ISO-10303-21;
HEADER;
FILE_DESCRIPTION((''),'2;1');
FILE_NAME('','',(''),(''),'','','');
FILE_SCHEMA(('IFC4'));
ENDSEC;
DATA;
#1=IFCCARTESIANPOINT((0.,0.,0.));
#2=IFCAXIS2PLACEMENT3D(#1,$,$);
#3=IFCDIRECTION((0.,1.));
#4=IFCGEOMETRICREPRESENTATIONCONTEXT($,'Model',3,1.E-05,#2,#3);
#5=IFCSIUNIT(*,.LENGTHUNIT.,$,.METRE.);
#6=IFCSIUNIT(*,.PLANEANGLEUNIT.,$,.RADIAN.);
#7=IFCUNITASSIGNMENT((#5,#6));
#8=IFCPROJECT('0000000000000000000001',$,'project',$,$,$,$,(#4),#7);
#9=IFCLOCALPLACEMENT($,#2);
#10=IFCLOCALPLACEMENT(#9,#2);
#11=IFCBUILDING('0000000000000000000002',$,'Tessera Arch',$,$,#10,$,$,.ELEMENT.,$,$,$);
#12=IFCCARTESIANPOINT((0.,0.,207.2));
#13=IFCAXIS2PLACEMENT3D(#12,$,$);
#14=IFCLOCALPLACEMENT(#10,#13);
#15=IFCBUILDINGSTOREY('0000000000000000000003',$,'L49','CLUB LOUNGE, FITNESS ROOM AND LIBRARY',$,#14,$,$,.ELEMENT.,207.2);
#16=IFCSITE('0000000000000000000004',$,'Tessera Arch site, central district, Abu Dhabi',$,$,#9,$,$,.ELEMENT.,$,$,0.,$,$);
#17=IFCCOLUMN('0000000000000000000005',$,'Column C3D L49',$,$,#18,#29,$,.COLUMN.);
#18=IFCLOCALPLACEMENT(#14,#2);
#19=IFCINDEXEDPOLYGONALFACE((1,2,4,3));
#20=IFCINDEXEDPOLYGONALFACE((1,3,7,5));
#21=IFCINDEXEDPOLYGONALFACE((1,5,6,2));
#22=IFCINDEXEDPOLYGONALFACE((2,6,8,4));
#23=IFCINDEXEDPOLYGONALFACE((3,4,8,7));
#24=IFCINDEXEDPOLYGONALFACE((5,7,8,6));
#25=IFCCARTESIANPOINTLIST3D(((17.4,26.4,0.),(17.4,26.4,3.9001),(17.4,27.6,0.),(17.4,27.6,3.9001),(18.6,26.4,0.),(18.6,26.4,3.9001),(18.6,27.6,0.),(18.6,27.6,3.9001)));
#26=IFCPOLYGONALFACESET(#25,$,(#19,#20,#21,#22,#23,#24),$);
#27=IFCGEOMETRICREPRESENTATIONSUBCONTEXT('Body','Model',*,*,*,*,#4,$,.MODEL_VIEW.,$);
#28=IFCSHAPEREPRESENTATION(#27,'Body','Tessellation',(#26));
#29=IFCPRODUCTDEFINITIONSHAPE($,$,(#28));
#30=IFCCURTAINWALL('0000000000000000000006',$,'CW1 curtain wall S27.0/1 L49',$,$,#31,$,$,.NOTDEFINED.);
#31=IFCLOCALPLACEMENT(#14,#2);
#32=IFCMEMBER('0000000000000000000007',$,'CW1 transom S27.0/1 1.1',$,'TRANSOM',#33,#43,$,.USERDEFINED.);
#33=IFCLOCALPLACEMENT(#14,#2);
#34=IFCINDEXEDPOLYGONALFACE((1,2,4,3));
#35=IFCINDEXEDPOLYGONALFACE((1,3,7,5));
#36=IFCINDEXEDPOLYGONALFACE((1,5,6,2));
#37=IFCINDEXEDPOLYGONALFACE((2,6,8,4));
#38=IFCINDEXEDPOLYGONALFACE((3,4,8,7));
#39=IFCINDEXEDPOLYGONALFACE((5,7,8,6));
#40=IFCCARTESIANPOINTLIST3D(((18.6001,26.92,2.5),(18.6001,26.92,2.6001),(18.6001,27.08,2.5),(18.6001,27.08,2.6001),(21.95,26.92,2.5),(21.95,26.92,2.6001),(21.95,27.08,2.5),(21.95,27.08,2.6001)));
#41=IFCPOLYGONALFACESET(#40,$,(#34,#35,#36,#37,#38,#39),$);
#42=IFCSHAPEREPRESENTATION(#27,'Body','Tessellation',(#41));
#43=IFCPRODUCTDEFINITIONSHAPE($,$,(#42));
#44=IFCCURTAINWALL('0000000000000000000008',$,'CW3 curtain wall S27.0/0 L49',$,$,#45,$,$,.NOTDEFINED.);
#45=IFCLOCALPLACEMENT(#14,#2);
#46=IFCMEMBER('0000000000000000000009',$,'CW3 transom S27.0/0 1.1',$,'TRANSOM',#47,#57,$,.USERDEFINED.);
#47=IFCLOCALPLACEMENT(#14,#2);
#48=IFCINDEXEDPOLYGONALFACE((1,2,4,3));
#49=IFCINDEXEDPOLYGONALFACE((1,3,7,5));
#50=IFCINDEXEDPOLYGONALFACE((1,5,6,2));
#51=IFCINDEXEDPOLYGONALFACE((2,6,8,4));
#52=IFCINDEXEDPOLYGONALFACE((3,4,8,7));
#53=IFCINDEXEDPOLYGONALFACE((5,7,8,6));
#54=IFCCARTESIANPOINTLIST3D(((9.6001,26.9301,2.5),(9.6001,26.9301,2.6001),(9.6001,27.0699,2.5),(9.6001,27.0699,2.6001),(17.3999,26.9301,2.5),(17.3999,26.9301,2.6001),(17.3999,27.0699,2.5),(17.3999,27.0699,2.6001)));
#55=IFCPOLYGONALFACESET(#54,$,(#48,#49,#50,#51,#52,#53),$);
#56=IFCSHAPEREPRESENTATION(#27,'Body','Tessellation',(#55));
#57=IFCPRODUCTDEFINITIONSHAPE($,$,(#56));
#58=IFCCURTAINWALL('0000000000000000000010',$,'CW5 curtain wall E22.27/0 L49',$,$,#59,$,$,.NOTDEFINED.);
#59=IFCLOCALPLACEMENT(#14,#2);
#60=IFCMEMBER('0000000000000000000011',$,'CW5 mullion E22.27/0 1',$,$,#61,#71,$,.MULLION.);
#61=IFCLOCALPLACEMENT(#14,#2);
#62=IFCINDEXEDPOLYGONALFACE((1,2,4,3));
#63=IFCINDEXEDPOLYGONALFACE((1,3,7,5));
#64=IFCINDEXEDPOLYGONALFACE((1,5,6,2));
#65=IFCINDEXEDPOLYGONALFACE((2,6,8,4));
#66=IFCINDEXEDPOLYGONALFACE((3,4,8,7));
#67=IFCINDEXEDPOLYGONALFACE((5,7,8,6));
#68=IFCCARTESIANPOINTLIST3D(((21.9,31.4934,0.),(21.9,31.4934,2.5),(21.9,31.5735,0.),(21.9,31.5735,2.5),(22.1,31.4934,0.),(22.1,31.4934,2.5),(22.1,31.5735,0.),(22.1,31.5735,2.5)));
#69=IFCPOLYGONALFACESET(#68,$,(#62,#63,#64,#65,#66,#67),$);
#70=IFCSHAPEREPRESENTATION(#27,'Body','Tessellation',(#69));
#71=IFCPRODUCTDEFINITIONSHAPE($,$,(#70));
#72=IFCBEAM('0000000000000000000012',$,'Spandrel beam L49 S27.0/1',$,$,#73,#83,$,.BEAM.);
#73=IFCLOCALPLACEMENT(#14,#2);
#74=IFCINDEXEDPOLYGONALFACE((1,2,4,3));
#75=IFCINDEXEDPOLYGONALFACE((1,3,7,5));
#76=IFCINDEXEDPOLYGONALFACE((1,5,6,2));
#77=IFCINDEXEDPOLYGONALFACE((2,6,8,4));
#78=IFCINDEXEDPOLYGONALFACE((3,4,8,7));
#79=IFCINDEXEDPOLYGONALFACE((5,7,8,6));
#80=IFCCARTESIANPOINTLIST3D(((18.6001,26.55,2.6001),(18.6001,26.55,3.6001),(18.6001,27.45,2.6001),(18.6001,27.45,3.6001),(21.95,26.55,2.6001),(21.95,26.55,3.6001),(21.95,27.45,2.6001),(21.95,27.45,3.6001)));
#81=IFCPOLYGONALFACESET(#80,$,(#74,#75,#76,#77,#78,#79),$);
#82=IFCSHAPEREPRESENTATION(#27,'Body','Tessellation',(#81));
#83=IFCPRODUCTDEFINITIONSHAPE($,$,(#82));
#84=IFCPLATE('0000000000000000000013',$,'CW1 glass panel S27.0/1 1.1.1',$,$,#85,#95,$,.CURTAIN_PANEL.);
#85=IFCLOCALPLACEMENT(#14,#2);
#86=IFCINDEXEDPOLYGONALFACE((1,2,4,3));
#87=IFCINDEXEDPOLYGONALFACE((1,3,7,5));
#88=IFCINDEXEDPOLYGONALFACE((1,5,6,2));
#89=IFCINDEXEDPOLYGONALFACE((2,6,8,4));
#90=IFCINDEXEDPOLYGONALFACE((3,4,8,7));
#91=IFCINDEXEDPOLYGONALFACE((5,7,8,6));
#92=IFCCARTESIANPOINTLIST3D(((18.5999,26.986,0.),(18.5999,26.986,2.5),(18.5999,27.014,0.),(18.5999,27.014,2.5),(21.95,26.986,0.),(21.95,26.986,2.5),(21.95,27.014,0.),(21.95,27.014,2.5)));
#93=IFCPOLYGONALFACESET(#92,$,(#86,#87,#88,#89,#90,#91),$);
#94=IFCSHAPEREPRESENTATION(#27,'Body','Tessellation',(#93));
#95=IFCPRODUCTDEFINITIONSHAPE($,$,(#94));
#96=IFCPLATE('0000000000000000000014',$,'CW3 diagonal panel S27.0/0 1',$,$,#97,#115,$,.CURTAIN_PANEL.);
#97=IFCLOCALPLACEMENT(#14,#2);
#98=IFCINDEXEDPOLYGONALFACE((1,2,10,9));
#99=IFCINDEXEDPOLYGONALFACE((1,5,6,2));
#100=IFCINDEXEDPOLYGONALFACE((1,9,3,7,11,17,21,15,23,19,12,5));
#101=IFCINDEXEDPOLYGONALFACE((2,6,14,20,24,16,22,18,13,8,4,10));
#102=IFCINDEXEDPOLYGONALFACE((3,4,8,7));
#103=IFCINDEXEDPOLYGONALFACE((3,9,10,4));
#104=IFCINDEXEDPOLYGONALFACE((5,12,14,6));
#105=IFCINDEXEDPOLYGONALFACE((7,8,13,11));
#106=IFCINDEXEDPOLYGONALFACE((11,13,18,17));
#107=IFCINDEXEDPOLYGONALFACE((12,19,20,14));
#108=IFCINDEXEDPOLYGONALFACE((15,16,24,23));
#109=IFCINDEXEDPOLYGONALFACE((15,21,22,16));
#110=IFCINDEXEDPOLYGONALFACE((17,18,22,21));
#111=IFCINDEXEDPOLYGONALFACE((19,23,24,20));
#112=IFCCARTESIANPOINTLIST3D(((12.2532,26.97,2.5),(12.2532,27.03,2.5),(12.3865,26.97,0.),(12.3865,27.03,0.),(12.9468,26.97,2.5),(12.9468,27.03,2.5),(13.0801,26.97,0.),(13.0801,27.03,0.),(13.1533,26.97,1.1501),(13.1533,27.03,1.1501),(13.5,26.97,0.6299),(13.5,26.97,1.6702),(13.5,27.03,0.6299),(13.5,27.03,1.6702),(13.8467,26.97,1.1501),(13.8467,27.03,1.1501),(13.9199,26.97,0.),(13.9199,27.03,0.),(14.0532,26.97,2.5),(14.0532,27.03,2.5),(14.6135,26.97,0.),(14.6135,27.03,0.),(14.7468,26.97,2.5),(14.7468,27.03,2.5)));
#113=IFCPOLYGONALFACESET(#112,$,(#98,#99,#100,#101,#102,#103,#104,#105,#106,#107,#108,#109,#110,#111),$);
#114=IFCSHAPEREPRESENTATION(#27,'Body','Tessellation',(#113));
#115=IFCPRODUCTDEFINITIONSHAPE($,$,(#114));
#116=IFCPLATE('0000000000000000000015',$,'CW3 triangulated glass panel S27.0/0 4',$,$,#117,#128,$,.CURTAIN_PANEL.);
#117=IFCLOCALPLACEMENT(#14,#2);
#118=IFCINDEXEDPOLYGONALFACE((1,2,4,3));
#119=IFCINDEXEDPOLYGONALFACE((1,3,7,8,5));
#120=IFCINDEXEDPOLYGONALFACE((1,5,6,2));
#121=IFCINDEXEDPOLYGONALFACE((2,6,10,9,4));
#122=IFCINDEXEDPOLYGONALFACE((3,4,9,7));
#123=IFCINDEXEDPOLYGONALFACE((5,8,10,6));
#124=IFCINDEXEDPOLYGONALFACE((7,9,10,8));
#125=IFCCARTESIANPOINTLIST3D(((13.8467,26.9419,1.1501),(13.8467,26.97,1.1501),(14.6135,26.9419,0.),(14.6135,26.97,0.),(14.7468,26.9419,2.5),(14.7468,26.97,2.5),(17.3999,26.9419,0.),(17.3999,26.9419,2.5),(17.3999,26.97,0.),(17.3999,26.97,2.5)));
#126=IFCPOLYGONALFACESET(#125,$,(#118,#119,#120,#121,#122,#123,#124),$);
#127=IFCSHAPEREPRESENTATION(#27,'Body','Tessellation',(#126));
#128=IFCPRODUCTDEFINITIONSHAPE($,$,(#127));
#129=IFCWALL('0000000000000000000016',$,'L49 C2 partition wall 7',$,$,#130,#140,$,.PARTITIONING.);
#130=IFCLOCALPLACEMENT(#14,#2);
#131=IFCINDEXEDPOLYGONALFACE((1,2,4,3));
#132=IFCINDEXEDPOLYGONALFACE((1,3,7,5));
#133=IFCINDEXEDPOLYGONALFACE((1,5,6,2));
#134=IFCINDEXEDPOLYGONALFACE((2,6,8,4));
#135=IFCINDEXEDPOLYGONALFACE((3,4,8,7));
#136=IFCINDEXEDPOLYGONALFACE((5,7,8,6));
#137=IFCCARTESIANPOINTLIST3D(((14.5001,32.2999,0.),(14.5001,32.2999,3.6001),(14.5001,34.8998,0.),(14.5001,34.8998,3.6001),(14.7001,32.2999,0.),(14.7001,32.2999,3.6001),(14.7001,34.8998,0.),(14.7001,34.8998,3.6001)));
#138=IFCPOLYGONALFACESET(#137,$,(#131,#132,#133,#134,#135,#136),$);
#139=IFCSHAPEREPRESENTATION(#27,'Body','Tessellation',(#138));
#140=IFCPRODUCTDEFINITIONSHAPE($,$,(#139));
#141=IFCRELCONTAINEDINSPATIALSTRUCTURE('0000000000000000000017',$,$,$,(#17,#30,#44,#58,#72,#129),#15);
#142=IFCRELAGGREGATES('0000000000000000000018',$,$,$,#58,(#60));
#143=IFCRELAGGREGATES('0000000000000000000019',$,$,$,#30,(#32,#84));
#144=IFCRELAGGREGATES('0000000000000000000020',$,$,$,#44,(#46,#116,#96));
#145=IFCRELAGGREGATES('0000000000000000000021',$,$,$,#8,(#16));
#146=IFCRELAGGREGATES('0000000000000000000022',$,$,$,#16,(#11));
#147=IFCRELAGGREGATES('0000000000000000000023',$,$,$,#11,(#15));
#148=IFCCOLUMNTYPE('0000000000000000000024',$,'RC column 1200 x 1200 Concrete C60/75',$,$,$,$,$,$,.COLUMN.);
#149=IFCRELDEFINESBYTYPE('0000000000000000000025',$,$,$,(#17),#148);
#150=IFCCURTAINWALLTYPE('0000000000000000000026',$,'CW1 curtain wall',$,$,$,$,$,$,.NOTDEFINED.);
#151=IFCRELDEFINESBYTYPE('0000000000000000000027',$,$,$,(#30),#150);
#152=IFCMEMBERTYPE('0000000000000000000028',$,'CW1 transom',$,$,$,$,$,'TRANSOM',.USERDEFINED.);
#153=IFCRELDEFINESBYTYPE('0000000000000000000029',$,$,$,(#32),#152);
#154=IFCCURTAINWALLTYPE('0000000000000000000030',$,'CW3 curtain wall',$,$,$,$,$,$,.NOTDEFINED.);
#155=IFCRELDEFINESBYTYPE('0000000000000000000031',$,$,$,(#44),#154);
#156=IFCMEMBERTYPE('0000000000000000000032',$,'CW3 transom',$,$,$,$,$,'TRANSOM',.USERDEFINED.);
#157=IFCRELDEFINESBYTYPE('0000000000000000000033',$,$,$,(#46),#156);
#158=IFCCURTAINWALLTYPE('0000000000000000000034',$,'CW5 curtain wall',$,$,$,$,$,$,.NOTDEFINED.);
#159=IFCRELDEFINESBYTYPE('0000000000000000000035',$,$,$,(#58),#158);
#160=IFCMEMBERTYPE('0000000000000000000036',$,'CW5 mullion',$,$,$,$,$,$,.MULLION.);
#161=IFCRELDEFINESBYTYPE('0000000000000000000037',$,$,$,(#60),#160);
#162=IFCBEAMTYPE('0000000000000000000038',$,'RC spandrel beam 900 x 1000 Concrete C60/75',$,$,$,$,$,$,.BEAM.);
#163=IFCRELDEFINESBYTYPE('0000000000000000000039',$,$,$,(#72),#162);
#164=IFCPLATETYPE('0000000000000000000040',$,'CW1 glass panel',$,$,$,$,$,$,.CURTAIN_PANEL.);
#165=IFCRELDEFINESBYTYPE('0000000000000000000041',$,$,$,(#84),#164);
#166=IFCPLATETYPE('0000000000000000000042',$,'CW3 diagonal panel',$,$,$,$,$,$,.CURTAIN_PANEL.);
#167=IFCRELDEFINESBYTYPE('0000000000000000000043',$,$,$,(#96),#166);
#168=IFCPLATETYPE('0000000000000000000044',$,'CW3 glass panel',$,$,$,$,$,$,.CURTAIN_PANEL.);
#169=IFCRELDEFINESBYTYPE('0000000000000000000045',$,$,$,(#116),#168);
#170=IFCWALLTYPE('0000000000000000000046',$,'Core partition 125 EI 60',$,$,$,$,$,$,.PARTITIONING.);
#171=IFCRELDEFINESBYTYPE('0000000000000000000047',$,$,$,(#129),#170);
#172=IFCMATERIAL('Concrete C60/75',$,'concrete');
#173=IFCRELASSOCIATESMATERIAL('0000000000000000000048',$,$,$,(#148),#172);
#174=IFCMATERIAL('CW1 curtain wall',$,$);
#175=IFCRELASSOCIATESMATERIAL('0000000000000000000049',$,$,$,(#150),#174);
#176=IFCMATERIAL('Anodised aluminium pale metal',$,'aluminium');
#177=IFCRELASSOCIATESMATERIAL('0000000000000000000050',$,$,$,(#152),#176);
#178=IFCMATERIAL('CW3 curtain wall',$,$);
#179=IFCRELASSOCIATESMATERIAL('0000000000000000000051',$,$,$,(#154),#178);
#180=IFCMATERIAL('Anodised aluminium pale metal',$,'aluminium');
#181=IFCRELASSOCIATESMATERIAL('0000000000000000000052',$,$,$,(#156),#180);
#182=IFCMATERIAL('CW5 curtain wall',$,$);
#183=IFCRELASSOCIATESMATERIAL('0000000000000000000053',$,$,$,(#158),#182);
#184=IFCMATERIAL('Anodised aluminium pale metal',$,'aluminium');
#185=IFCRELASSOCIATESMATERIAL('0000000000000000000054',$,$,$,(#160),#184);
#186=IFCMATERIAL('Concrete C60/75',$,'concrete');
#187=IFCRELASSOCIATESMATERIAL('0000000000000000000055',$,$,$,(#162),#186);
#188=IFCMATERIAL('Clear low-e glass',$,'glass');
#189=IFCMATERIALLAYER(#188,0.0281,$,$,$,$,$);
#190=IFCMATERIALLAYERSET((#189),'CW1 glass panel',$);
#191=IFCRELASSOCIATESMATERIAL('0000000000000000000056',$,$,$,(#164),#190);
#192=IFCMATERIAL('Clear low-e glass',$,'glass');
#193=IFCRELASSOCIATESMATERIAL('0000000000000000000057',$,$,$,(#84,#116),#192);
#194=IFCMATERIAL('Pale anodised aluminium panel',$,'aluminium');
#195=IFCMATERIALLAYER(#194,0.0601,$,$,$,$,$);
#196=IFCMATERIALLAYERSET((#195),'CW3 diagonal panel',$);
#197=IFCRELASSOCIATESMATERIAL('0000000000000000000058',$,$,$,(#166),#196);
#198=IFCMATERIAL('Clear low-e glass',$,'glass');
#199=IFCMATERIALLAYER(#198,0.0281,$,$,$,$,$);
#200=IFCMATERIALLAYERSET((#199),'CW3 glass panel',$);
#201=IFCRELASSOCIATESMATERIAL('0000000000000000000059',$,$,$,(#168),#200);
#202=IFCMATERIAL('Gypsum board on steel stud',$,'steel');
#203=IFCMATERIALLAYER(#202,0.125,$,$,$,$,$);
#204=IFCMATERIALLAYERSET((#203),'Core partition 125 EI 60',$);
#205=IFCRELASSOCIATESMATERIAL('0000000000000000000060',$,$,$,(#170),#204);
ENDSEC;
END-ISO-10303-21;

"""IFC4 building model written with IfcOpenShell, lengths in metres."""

from ifc_helpers import new_model, si_unit, direction, frame, frame_2d, origin, origin_2d, place, context, subcontext, project, spatial, polyline, rectangle, outline, extrude, material, layer, layer_set, material_profile, profile_set, type_object, element, aggregate, save


model = new_model("IFC4")

# Units and contexts
model_context = context("Model", 3, precision=1e-05, world=origin(), true_north=direction((0.0, 1.0)))
body_context = subcontext(model_context, "Body", "Model", "MODEL_VIEW")
ifc_project = project(units=[si_unit("LENGTHUNIT", "METRE"), si_unit("PLANEANGLEUNIT", "RADIAN")], contexts=[model_context])

# Site, building, storey
site_placement = place(None, origin())
site = spatial("IfcSite", under=ifc_project, at=site_placement, Name="Tessera Arch site, central district, Abu Dhabi", CompositionType="ELEMENT", RefElevation=0.0)
building_placement = place(site_placement, origin())
building = spatial("IfcBuilding", under=site, at=building_placement, Name="Tessera Arch", CompositionType="ELEMENT")
storey_placement = place(building_placement, frame((0.0, 0.0, 207.2)))
storey = spatial("IfcBuildingStorey", under=building, at=storey_placement, Name="L49", Description="CLUB LOUNGE, FITNESS ROOM AND LIBRARY", CompositionType="ELEMENT", Elevation=207.2)

# Column
ifc_material_1 = material(Name="Concrete C60/75", Category="concrete")
ifc_material_profile_1 = material_profile(ifc_material_1, rectangle(XDim=1.2, YDim=1.2, at=origin_2d()), Name="RC column 1200 x 1200 Concrete C60/75")
ifc_profile_set_1 = profile_set([ifc_material_profile_1], Name="Concrete C60/75")
column_type = type_object("IfcColumnType", Name="RC column 1200 x 1200 Concrete C60/75", PredefinedType="COLUMN", material=ifc_profile_set_1)
column_placement = place(storey_placement, frame((18.0, 27.0, 0.0), z_axis=(0.0, 0.0, 1.0), x_axis=(1.0, 0.0, 0.0)))
element("IfcColumn", 1, at=column_placement, inside=storey, type_object=column_type, Name="Column C3D L49", PredefinedType="COLUMN", context=body_context, shape_type="SweptSolid", body=[
    extrude(rectangle(XDim=1.2, YDim=1.2, at=origin_2d()), origin(), (0.0, 0.0, 1.0), 3.9001),
])

# Curtain walls, members
ifc_material_2 = material(Name="CW1 curtain wall")
curtain_wall_type_1 = type_object("IfcCurtainWallType", Name="CW1 curtain wall", PredefinedType="NOTDEFINED", material=ifc_material_2)
curtain_wall_1_placement = place(storey_placement, origin())
curtain_wall_1 = element("IfcCurtainWall", 2, at=curtain_wall_1_placement, inside=storey, type_object=curtain_wall_type_1, Name="CW1 curtain wall S27.0/1 L49", PredefinedType="NOTDEFINED")
ifc_material_3 = material(Name="Anodised aluminium pale metal", Category="aluminium")
ifc_material_profile_2 = material_profile(ifc_material_3, rectangle(XDim=0.1599, YDim=0.1001, at=origin_2d()), Name="AL 160x100")
ifc_profile_set_2 = profile_set([ifc_material_profile_2], Name="Anodised aluminium pale metal")
member_type_1 = type_object("IfcMemberType", Name="CW1 transom", ElementType="TRANSOM", PredefinedType="USERDEFINED", material=ifc_profile_set_2)
member_1_placement = place(storey_placement, frame((18.6001, 27.0, 2.55), z_axis=(1.0, 0.0, 0.0), x_axis=(0.0, 1.0, 0.0)))
member_1 = element("IfcMember", 3, at=member_1_placement, type_object=member_type_1, Name="CW1 transom S27.0/1 1.1", ObjectType="TRANSOM", PredefinedType="USERDEFINED", context=body_context, shape_type="SweptSolid", body=[
    extrude(rectangle(XDim=0.1599, YDim=0.1001, at=origin_2d()), origin(), (0.0, 0.0, 1.0), 3.3499),
])
ifc_material_4 = material(Name="CW3 curtain wall")
curtain_wall_type_2 = type_object("IfcCurtainWallType", Name="CW3 curtain wall", PredefinedType="NOTDEFINED", material=ifc_material_4)
curtain_wall_2_placement = place(storey_placement, origin())
curtain_wall_2 = element("IfcCurtainWall", 4, at=curtain_wall_2_placement, inside=storey, type_object=curtain_wall_type_2, Name="CW3 curtain wall S27.0/0 L49", PredefinedType="NOTDEFINED")
ifc_material_5 = material(Name="Anodised aluminium pale metal", Category="aluminium")
ifc_material_profile_3 = material_profile(ifc_material_5, rectangle(XDim=0.1399, YDim=0.1001, at=origin_2d()), Name="AL 140x100")
ifc_profile_set_3 = profile_set([ifc_material_profile_3], Name="Anodised aluminium pale metal")
member_type_2 = type_object("IfcMemberType", Name="CW3 transom", ElementType="TRANSOM", PredefinedType="USERDEFINED", material=ifc_profile_set_3)
member_2_placement = place(storey_placement, frame((9.6001, 27.0, 2.55), z_axis=(1.0, 0.0, 0.0), x_axis=(0.0, 1.0, 0.0)))
member_2 = element("IfcMember", 5, at=member_2_placement, type_object=member_type_2, Name="CW3 transom S27.0/0 1.1", ObjectType="TRANSOM", PredefinedType="USERDEFINED", context=body_context, shape_type="SweptSolid", body=[
    extrude(rectangle(XDim=0.1399, YDim=0.1001, at=origin_2d()), origin(), (0.0, 0.0, 1.0), 7.7998),
])
ifc_material_6 = material(Name="CW5 curtain wall")
curtain_wall_type_3 = type_object("IfcCurtainWallType", Name="CW5 curtain wall", PredefinedType="NOTDEFINED", material=ifc_material_6)
curtain_wall_3_placement = place(storey_placement, origin())
curtain_wall_3 = element("IfcCurtainWall", 6, at=curtain_wall_3_placement, inside=storey, type_object=curtain_wall_type_3, Name="CW5 curtain wall E22.27/0 L49", PredefinedType="NOTDEFINED")
ifc_material_7 = material(Name="Anodised aluminium pale metal", Category="aluminium")
ifc_material_profile_4 = material_profile(ifc_material_7, rectangle(XDim=0.2, YDim=0.0801, at=origin_2d()), Name="AL 80x200")
ifc_profile_set_4 = profile_set([ifc_material_profile_4], Name="Anodised aluminium pale metal")
member_type_3 = type_object("IfcMemberType", Name="CW5 mullion", PredefinedType="MULLION", material=ifc_profile_set_4)
member_3_placement = place(storey_placement, frame((22.0, 31.5334, 0.0), z_axis=(0.0, 0.0, 1.0), x_axis=(-1.0, 0.0, 0.0)))
member_3 = element("IfcMember", 7, at=member_3_placement, type_object=member_type_3, Name="CW5 mullion E22.27/0 1", PredefinedType="MULLION", context=body_context, shape_type="SweptSolid", body=[
    extrude(rectangle(XDim=0.2, YDim=0.0801, at=origin_2d()), origin(), (0.0, 0.0, 1.0), 2.5),
])
aggregate(curtain_wall_3, [member_3])

# Beam
ifc_material_8 = material(Name="Concrete C60/75", Category="concrete")
ifc_material_profile_5 = material_profile(ifc_material_8, rectangle(XDim=0.8999, YDim=1.0, at=origin_2d()), Name="RC spandrel beam 900 x 1000 Concrete C60/75")
ifc_profile_set_5 = profile_set([ifc_material_profile_5], Name="Concrete C60/75")
beam_type = type_object("IfcBeamType", Name="RC spandrel beam 900 x 1000 Concrete C60/75", PredefinedType="BEAM", material=ifc_profile_set_5)
beam_placement = place(storey_placement, frame((18.6001, 27.0, 3.1001), z_axis=(1.0, 0.0, 0.0), x_axis=(0.0, 1.0, 0.0)))
element("IfcBeam", 8, at=beam_placement, inside=storey, type_object=beam_type, Name="Spandrel beam L49 S27.0/1", PredefinedType="BEAM", context=body_context, shape_type="SweptSolid", body=[
    extrude(rectangle(XDim=0.8999, YDim=1.0, at=origin_2d()), origin(), (0.0, 0.0, 1.0), 3.3499),
])

# Plates
ifc_material_9 = material(Name="Clear low-e glass", Category="glass")
ifc_material_10 = material(Name="Clear low-e glass", Category="glass")
ifc_layer_1 = layer(ifc_material_10, 0.0281)
ifc_layer_set_1 = layer_set([ifc_layer_1], Name="CW1 glass panel")
plate_type_1 = type_object("IfcPlateType", Name="CW1 glass panel", PredefinedType="CURTAIN_PANEL", material=ifc_layer_set_1)
plate_1_placement = place(storey_placement, frame((20.2749, 27.0, 0.0), z_axis=(0.0, 0.0, 1.0), x_axis=(1.0, 0.0, 0.0)))
plate_1 = element("IfcPlate", 9, at=plate_1_placement, type_object=plate_type_1, material=ifc_material_9, Name="CW1 glass panel S27.0/1 1.1.1", PredefinedType="CURTAIN_PANEL", context=body_context, shape_type="SweptSolid", body=[
    extrude(rectangle(XDim=3.3501, YDim=0.0281, at=origin_2d()), origin(), (0.0, 0.0, 1.0), 2.5),
])
aggregate(curtain_wall_1, [member_1, plate_1])
ifc_material_11 = material(Name="Pale anodised aluminium panel", Category="aluminium")
ifc_layer_2 = layer(ifc_material_11, 0.0601)
ifc_layer_set_2 = layer_set([ifc_layer_2], Name="CW3 diagonal panel")
plate_type_2 = type_object("IfcPlateType", Name="CW3 diagonal panel", PredefinedType="CURTAIN_PANEL", material=ifc_layer_set_2)
plate_2_placement = place(storey_placement, frame((14.7468, 26.97, 2.5), z_axis=(0.0, -1.0, 0.0), x_axis=(-1.0, 0.0, 0.0)))
plate_2 = element("IfcPlate", 10, at=plate_2_placement, type_object=plate_type_2, Name="CW3 diagonal panel S27.0/0 1", PredefinedType="CURTAIN_PANEL", context=body_context, shape_type="SweptSolid", body=[
    extrude(outline(polyline([(0.0, 0.0), (0.6936, 0.0), (1.2468, 0.8298), (1.8, 0.0), (2.4937, 0.0), (1.5935, 1.3499), (2.3604, 2.5), (1.6667, 2.5), (1.2468, 1.8701), (0.8269, 2.5), (0.1333, 2.5), (0.9001, 1.3499), (0.0, 0.0)])), origin(), (0.0, 0.0, -1.0), 0.0601),
])
ifc_material_12 = material(Name="Clear low-e glass", Category="glass")
ifc_layer_3 = layer(ifc_material_12, 0.0281)
ifc_layer_set_3 = layer_set([ifc_layer_3], Name="CW3 glass panel")
plate_type_3 = type_object("IfcPlateType", Name="CW3 glass panel", PredefinedType="CURTAIN_PANEL", material=ifc_layer_set_3)
plate_3_placement = place(storey_placement, frame((17.3999, 26.9419, 2.5), z_axis=(0.0, -1.0, 0.0), x_axis=(-1.0, 0.0, 0.0)))
plate_3 = element("IfcPlate", 11, at=plate_3_placement, type_object=plate_type_3, material=ifc_material_9, Name="CW3 triangulated glass panel S27.0/0 4", PredefinedType="CURTAIN_PANEL", context=body_context, shape_type="SweptSolid", body=[
    extrude(outline(polyline([(0.0, 0.0), (2.6531, 0.0), (3.5532, 1.3499), (2.7864, 2.5), (0.0, 2.5), (0.0, 0.0)])), origin(), (0.0, 0.0, -1.0), 0.0281),
])

# Wall
ifc_material_13 = material(Name="Gypsum board on steel stud", Category="steel")
ifc_layer_4 = layer(ifc_material_13, 0.125)
ifc_layer_set_4 = layer_set([ifc_layer_4], Name="Core partition 125 EI 60")
wall_type_1 = type_object("IfcWallType", Name="Core partition 125 EI 60", PredefinedType="PARTITIONING", material=ifc_layer_set_4)
wall_1_placement = place(storey_placement, frame((14.6001, 32.3, 0.0), z_axis=(0.0, 0.0, 1.0), x_axis=(0.0, 1.0, 0.0)))
element("IfcWall", 12, at=wall_1_placement, inside=storey, type_object=wall_type_1, Name="L49 C2 partition wall 7", PredefinedType="PARTITIONING", context=body_context, shape_type="SweptSolid", body=[
    extrude(rectangle(XDim=2.5999, YDim=0.2, at=frame_2d((1.2998, 0.0))), origin(), (0.0, 0.0, 1.0), 3.6001),
])

aggregate(curtain_wall_2, [member_2, plate_3, plate_2])

save(model, "model.ifc")
